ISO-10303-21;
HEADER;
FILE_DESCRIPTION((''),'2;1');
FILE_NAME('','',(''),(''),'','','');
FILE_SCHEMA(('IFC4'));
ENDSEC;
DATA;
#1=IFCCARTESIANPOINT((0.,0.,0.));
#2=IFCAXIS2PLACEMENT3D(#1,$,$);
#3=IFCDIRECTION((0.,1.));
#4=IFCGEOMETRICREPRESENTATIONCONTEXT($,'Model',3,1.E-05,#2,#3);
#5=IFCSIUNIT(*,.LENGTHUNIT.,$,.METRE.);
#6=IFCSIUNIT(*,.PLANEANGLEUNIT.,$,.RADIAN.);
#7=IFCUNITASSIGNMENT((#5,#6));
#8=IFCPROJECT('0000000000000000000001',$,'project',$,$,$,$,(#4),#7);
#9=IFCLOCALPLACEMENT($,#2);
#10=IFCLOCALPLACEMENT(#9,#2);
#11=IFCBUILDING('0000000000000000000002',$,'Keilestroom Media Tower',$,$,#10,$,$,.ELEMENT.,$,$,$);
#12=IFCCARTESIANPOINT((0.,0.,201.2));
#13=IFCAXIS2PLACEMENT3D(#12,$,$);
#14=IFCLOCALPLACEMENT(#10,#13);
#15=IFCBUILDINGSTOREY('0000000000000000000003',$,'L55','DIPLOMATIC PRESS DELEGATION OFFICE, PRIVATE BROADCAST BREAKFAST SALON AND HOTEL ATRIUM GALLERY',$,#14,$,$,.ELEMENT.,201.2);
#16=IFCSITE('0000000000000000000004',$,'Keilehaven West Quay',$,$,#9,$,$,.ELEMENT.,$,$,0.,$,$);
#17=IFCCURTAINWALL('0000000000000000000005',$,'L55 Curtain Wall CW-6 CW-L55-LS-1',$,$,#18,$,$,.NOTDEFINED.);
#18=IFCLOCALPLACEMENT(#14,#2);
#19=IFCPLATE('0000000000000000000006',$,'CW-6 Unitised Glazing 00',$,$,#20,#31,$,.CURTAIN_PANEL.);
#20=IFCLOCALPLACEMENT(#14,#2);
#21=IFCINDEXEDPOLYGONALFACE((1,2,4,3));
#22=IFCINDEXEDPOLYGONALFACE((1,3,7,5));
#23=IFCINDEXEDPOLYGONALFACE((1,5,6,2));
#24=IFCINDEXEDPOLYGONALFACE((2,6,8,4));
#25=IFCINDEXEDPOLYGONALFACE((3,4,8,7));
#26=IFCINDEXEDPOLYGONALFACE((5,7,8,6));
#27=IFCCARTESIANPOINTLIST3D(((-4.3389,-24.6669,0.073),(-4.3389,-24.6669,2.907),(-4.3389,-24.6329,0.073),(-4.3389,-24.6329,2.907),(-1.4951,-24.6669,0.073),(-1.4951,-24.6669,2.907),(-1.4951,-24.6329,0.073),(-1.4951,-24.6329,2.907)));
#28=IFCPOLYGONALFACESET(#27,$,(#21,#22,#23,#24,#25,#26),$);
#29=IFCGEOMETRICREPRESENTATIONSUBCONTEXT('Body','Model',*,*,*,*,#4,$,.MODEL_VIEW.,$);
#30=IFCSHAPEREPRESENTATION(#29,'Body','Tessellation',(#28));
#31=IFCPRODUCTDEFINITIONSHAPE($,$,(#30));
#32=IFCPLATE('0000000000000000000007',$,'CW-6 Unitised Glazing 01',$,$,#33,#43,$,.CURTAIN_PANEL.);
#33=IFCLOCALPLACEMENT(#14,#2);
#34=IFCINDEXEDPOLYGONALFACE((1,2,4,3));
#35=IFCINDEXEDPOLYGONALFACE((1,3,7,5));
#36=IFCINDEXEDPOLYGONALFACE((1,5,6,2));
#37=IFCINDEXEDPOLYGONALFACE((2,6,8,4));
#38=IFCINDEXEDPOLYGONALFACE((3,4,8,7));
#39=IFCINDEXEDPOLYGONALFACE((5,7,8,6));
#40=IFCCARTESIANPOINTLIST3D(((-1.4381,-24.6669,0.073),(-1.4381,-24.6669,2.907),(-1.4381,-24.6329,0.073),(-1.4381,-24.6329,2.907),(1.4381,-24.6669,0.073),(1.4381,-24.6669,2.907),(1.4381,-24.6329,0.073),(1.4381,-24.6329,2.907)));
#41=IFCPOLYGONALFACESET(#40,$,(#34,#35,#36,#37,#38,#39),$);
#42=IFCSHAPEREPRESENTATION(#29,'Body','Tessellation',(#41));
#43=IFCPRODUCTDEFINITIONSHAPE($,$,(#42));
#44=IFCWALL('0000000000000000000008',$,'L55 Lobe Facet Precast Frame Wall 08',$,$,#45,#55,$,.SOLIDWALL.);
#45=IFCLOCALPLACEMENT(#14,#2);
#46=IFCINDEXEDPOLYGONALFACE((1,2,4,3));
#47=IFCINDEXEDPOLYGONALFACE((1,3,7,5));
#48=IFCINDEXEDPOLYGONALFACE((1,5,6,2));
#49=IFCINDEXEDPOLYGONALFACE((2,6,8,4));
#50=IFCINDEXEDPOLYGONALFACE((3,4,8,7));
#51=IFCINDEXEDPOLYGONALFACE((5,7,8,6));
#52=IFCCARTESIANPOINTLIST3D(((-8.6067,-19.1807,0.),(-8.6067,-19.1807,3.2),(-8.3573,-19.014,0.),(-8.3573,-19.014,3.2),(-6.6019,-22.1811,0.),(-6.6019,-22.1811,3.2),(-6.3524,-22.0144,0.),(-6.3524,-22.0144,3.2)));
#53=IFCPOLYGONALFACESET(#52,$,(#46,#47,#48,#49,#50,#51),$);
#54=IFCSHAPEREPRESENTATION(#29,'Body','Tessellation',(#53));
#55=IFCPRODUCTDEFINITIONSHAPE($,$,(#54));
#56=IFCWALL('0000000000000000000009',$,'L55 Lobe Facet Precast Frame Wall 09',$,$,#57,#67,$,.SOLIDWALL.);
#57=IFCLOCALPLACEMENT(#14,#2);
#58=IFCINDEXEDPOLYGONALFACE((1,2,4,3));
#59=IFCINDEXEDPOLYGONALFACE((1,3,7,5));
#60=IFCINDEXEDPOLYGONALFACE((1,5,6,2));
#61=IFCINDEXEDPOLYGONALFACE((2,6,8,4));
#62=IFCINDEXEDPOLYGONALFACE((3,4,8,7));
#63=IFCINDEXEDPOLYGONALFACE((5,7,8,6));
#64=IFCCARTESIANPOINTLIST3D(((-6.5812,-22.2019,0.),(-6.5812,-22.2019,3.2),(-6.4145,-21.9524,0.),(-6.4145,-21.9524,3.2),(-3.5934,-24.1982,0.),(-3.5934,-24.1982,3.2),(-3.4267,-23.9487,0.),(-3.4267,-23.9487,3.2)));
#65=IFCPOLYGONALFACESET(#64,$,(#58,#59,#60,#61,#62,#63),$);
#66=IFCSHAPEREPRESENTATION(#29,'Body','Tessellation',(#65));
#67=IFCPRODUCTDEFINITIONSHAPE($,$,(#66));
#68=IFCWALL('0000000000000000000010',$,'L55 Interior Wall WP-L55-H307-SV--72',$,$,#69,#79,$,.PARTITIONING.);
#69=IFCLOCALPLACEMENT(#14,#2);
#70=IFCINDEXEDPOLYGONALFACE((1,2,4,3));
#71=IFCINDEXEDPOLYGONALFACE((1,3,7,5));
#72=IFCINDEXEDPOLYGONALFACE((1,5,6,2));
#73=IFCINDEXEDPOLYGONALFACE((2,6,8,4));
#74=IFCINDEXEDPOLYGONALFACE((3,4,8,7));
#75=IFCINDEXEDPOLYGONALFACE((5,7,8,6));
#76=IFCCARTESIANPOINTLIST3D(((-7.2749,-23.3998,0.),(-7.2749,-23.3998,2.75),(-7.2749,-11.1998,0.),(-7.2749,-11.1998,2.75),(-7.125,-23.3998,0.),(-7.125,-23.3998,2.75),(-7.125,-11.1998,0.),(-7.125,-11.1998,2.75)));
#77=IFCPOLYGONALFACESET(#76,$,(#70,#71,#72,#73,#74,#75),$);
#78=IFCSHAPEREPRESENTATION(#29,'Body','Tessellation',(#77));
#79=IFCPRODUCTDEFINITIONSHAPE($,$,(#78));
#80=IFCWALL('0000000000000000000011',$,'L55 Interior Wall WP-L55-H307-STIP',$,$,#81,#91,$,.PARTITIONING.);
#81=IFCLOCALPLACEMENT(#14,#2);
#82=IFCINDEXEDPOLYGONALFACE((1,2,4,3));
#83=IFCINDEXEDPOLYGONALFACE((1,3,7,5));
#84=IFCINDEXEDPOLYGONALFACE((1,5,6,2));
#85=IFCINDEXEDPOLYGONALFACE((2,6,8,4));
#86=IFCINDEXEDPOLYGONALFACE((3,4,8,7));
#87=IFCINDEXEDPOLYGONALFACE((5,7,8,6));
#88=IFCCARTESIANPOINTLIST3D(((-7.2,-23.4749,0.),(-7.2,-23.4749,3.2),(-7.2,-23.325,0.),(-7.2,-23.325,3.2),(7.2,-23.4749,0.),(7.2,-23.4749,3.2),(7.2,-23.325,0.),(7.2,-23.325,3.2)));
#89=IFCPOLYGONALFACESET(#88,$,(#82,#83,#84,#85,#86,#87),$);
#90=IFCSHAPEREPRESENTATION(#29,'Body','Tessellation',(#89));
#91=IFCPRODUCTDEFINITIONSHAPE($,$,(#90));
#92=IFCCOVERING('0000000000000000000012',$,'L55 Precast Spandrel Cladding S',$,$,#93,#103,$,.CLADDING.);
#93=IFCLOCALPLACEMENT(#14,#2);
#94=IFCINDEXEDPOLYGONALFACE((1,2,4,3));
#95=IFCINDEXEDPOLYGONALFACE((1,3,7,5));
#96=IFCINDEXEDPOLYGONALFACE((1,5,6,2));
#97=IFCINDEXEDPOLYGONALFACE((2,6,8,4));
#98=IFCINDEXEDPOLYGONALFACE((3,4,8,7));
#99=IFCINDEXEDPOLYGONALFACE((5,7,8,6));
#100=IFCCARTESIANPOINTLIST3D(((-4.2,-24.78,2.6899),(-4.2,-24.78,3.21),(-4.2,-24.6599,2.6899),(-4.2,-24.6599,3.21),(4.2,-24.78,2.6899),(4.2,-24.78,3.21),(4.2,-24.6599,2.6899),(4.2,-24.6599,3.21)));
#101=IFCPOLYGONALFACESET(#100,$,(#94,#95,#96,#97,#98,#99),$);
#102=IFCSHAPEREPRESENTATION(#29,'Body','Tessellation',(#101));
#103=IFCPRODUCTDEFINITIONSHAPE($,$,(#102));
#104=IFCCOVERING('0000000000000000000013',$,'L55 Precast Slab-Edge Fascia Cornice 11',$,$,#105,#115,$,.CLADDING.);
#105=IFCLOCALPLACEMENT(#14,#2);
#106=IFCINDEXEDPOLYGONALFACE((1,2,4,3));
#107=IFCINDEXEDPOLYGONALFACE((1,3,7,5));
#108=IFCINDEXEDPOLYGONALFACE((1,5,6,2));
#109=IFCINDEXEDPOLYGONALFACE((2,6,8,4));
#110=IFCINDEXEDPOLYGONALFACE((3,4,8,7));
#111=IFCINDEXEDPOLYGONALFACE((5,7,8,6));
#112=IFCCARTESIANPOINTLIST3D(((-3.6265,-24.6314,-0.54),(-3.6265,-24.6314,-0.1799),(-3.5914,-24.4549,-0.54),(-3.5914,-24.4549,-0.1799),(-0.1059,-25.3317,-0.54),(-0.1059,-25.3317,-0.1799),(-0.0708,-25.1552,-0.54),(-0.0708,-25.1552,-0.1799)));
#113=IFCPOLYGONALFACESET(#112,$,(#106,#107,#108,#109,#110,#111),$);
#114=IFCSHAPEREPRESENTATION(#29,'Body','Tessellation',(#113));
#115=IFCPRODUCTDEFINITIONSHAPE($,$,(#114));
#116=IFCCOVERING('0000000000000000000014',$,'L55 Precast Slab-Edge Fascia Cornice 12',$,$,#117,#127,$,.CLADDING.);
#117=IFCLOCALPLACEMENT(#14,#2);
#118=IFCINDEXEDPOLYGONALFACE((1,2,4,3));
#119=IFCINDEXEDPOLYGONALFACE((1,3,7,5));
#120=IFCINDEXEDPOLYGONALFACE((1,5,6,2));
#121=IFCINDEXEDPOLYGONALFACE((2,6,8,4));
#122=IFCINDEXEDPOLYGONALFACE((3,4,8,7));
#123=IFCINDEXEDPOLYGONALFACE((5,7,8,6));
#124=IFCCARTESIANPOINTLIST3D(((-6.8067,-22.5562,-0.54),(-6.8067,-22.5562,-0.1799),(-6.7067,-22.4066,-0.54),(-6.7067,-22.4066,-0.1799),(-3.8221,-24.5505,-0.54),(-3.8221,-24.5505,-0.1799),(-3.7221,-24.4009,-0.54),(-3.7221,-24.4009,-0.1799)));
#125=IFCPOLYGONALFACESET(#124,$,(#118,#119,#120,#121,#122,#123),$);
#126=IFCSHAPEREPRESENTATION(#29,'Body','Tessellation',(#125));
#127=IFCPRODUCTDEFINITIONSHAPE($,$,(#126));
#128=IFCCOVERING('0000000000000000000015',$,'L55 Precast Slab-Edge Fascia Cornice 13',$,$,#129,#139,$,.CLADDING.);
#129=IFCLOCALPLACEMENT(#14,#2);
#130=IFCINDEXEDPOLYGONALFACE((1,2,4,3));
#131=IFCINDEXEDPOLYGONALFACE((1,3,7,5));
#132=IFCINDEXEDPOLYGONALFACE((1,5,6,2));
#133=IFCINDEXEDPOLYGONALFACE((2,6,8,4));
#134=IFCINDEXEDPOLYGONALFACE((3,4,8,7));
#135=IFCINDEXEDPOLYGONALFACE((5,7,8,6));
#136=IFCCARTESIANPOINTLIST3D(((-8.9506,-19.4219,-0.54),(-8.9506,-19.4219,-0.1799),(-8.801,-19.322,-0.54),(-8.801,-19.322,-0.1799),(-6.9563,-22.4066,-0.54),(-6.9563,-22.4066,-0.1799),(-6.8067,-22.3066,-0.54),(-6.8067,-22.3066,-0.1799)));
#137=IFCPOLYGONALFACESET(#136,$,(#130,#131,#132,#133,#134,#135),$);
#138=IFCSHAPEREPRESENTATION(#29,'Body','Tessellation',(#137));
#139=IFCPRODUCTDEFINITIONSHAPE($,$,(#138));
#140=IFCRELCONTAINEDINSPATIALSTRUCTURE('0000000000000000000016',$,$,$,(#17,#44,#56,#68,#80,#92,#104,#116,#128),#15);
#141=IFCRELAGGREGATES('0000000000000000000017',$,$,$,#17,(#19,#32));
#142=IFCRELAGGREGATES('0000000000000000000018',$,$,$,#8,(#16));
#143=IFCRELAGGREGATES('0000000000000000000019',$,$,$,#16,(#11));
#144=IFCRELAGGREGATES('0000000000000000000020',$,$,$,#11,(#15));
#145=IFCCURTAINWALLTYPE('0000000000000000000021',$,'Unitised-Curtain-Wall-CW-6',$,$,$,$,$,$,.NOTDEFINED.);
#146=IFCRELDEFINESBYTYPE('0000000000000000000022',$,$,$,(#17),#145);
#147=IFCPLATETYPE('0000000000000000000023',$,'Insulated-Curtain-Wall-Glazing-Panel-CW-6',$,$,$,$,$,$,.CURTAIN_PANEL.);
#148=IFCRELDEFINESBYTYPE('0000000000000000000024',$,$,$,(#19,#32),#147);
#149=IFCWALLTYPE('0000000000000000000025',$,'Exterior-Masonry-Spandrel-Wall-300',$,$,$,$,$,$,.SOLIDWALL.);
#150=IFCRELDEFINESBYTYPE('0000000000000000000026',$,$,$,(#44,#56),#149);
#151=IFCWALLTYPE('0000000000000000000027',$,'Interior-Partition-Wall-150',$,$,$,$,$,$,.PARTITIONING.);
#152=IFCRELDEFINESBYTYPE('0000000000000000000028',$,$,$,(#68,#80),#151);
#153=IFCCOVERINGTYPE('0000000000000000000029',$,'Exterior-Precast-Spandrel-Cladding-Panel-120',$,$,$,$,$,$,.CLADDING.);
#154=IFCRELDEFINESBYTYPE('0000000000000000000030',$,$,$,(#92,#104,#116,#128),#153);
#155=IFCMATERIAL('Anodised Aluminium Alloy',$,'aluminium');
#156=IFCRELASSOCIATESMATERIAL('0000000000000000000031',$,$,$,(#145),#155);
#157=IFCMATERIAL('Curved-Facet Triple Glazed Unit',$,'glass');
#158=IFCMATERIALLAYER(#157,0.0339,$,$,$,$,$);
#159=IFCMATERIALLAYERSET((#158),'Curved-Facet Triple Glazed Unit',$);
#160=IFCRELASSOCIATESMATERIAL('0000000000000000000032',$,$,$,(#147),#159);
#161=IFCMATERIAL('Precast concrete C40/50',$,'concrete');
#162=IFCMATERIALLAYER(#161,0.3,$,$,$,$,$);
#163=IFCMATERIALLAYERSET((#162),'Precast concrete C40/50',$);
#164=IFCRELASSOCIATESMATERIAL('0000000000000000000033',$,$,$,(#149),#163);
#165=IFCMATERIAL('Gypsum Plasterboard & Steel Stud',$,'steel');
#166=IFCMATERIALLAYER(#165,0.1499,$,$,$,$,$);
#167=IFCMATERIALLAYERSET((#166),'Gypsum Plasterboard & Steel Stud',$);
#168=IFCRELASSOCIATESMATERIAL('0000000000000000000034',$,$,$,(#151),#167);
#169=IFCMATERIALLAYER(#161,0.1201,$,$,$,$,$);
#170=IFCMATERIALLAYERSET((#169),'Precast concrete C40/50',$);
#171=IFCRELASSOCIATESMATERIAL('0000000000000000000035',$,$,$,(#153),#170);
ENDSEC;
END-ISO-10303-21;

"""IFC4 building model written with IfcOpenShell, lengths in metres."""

from ifc_helpers import new_model, si_unit, direction, frame, frame_2d, origin, origin_2d, place, context, subcontext, project, spatial, rectangle, extrude, source, transform, mapped, material, layer, layer_set, type_object, element, aggregate, save


model = new_model("IFC4")

# Units and contexts
model_context = context("Model", 3, precision=1e-05, world=origin(), true_north=direction((0.0, 1.0)))
body_context = subcontext(model_context, "Body", "Model", "MODEL_VIEW")
ifc_project = project(units=[si_unit("LENGTHUNIT", "METRE"), si_unit("PLANEANGLEUNIT", "RADIAN")], contexts=[model_context])

# Site, building, storey
site_placement = place(None, origin())
site = spatial("IfcSite", under=ifc_project, at=site_placement, Name="Keilehaven West Quay", CompositionType="ELEMENT", RefElevation=0.0)
building_placement = place(site_placement, origin())
building = spatial("IfcBuilding", under=site, at=building_placement, Name="Keilestroom Media Tower", CompositionType="ELEMENT")
storey_placement = place(building_placement, frame((0.0, 0.0, 201.2)))
storey = spatial("IfcBuildingStorey", under=building, at=storey_placement, Name="L55", Description="DIPLOMATIC PRESS DELEGATION OFFICE, PRIVATE BROADCAST BREAKFAST SALON AND HOTEL ATRIUM GALLERY", CompositionType="ELEMENT", Elevation=201.2)

# Curtain wall, plates
ifc_material_1 = material(Name="Anodised Aluminium Alloy", Category="aluminium")
curtain_wall_type = type_object("IfcCurtainWallType", Name="Unitised-Curtain-Wall-CW-6", PredefinedType="NOTDEFINED", material=ifc_material_1)
curtain_wall_placement = place(storey_placement, origin())
curtain_wall = element("IfcCurtainWall", 1, at=curtain_wall_placement, inside=storey, type_object=curtain_wall_type, Name="L55 Curtain Wall CW-6 CW-L55-LS-1", PredefinedType="NOTDEFINED")
ifc_material_2 = material(Name="Curved-Facet Triple Glazed Unit", Category="glass")
ifc_layer_1 = layer(ifc_material_2, 0.0339)
ifc_layer_set_1 = layer_set([ifc_layer_1], Name="Curved-Facet Triple Glazed Unit")
plate_type = type_object("IfcPlateType", Name="Insulated-Curtain-Wall-Glazing-Panel-CW-6", PredefinedType="CURTAIN_PANEL", material=ifc_layer_set_1)
shared_shape_1 = source(origin(), body_context, "Body", "SweptSolid", [
    extrude(rectangle(XDim=2.8438, YDim=0.0339, at=origin_2d()), origin(), (0.0, 0.0, 1.0), 2.834),
])
plate_1_placement = place(storey_placement, frame((-2.917, -24.6499, 0.073), z_axis=(0.0, 0.0, 1.0), x_axis=(1.0, 0.0, 0.0)))
plate_1 = element("IfcPlate", 2, at=plate_1_placement, type_object=plate_type, Name="CW-6 Unitised Glazing 00", PredefinedType="CURTAIN_PANEL", context=body_context, shape_type="MappedRepresentation", body=[
    mapped(shared_shape_1, transform((0.0, 0.0, 0.0), x_axis=(1.0, 0.0, 0.0), y_axis=(0.0, 1.0, 0.0), z_axis=(0.0, 0.0, 1.0), scale=1.0)),
])
shared_shape_2 = source(origin(), body_context, "Body", "SweptSolid", [
    extrude(rectangle(XDim=2.8762, YDim=0.0339, at=origin_2d()), origin(), (0.0, 0.0, 1.0), 2.834),
])
plate_2_placement = place(storey_placement, frame((0.0, -24.6499, 0.073), z_axis=(0.0, 0.0, 1.0), x_axis=(1.0, 0.0, 0.0)))
plate_2 = element("IfcPlate", 3, at=plate_2_placement, type_object=plate_type, Name="CW-6 Unitised Glazing 01", PredefinedType="CURTAIN_PANEL", context=body_context, shape_type="MappedRepresentation", body=[
    mapped(shared_shape_2, transform((0.0, 0.0, 0.0), x_axis=(1.0, 0.0, 0.0), y_axis=(0.0, 1.0, 0.0), z_axis=(0.0, 0.0, 1.0), scale=1.0)),
])
aggregate(curtain_wall, [plate_1, plate_2])

# Walls
ifc_material_3 = material(Name="Precast concrete C40/50", Category="concrete")
ifc_layer_2 = layer(ifc_material_3, 0.3)
ifc_layer_set_2 = layer_set([ifc_layer_2], Name="Precast concrete C40/50")
wall_type_1 = type_object("IfcWallType", Name="Exterior-Masonry-Spandrel-Wall-300", PredefinedType="SOLIDWALL", material=ifc_layer_set_2)
wall_1_placement = place(storey_placement, frame((-8.4819, -19.0974, 0.0), z_axis=(0.0, 0.0, 1.0), x_axis=(0.555574, -0.831467, 0.0)))
element("IfcWall", 4, at=wall_1_placement, inside=storey, type_object=wall_type_1, Name="L55 Lobe Facet Precast Frame Wall 08", PredefinedType="SOLIDWALL", context=body_context, shape_type="SweptSolid", body=[
    extrude(rectangle(XDim=3.6086, YDim=0.3, at=frame_2d((1.8042, 0.0))), origin(), (0.0, 0.0, 1.0), 3.2),
])
wall_2_placement = place(storey_placement, frame((-6.4978, -22.0771, 0.0), z_axis=(0.0, 0.0, 1.0), x_axis=(0.831475, -0.555562, 0.0)))
element("IfcWall", 5, at=wall_2_placement, inside=storey, type_object=wall_type_1, Name="L55 Lobe Facet Precast Frame Wall 09", PredefinedType="SOLIDWALL", context=body_context, shape_type="SweptSolid", body=[
    extrude(rectangle(XDim=3.5933, YDim=0.3, at=frame_2d((1.7966, 0.0))), origin(), (0.0, 0.0, 1.0), 3.2),
])
ifc_material_4 = material(Name="Gypsum Plasterboard & Steel Stud", Category="steel")
ifc_layer_3 = layer(ifc_material_4, 0.1499)
ifc_layer_set_3 = layer_set([ifc_layer_3], Name="Gypsum Plasterboard & Steel Stud")
wall_type_2 = type_object("IfcWallType", Name="Interior-Partition-Wall-150", PredefinedType="PARTITIONING", material=ifc_layer_set_3)
wall_3_placement = place(storey_placement, frame((-7.2, -23.3999, 0.0), z_axis=(0.0, 0.0, 1.0), x_axis=(0.0, 1.0, 0.0)))
element("IfcWall", 6, at=wall_3_placement, inside=storey, type_object=wall_type_2, Name="L55 Interior Wall WP-L55-H307-SV--72", PredefinedType="PARTITIONING", context=body_context, shape_type="SweptSolid", body=[
    extrude(rectangle(XDim=12.2, YDim=0.1499, at=frame_2d((6.1001, 0.0))), origin(), (0.0, 0.0, 1.0), 2.75),
])
wall_4_placement = place(storey_placement, frame((-7.2, -23.3999, 0.0), z_axis=(0.0, 0.0, 1.0), x_axis=(1.0, 0.0, 0.0)))
element("IfcWall", 7, at=wall_4_placement, inside=storey, type_object=wall_type_2, Name="L55 Interior Wall WP-L55-H307-STIP", PredefinedType="PARTITIONING", context=body_context, shape_type="SweptSolid", body=[
    extrude(rectangle(XDim=14.3999, YDim=0.1499, at=frame_2d((7.2, 0.0))), origin(), (0.0, 0.0, 1.0), 3.2),
])

# Coverings
ifc_layer_4 = layer(ifc_material_3, 0.1201)
ifc_layer_set_4 = layer_set([ifc_layer_4], Name="Precast concrete C40/50")
covering_type = type_object("IfcCoveringType", Name="Exterior-Precast-Spandrel-Cladding-Panel-120", PredefinedType="CLADDING", material=ifc_layer_set_4)
shared_shape_3 = source(origin(), body_context, "Body", "SweptSolid", [
    extrude(rectangle(XDim=8.3999, YDim=0.1201, at=origin_2d()), origin(), (0.0, 0.0, 1.0), 0.52),
])
covering_placement = place(storey_placement, frame((0.0, -24.72, 2.6899), z_axis=(0.0, 0.0, 1.0), x_axis=(1.0, 0.0, 0.0)))
element("IfcCovering", 8, at=covering_placement, inside=storey, type_object=covering_type, Name="L55 Precast Spandrel Cladding S", PredefinedType="CLADDING", context=body_context, shape_type="MappedRepresentation", body=[
    mapped(shared_shape_3, transform((0.0, 0.0, 0.0), x_axis=(1.0, 0.0, 0.0), y_axis=(0.0, 1.0, 0.0), z_axis=(0.0, 0.0, 1.0), scale=1.0)),
])
shared_shape_4 = source(origin(), body_context, "Body", "SweptSolid", [
    extrude(rectangle(XDim=3.5896, YDim=0.1799, at=origin_2d()), origin(), (0.0, 0.0, 1.0), 0.3601),
])
for number, where, z_axis, x_axis, name in (
    (9, (-1.8486, -24.8933, -0.54), (0.0, 0.0, 1.0), (-0.980784, 0.195099, 0.0), "L55 Precast Slab-Edge Fascia Cornice 11"),
    (10, (-5.2644, -23.4785, -0.54), (0.0, 0.0, 1.0), (-0.831467, 0.555575, 0.0), "L55 Precast Slab-Edge Fascia Cornice 12"),
    (11, (-7.8787, -20.8643, -0.54), (0.0, 0.0, 1.0), (-0.555575, 0.831467, 0.0), "L55 Precast Slab-Edge Fascia Cornice 13"),
):
    element("IfcCovering", number, at=place(storey_placement, frame(where, z_axis=z_axis, x_axis=x_axis)), inside=storey, type_object=covering_type, Name=name, PredefinedType="CLADDING", context=body_context, shape_type="MappedRepresentation", body=[
        mapped(shared_shape_4, transform((0.0, 0.0, 0.0), x_axis=(1.0, 0.0, 0.0), y_axis=(0.0, 1.0, 0.0), z_axis=(0.0, 0.0, 1.0), scale=1.0)),
    ])

save(model, "model.ifc")
